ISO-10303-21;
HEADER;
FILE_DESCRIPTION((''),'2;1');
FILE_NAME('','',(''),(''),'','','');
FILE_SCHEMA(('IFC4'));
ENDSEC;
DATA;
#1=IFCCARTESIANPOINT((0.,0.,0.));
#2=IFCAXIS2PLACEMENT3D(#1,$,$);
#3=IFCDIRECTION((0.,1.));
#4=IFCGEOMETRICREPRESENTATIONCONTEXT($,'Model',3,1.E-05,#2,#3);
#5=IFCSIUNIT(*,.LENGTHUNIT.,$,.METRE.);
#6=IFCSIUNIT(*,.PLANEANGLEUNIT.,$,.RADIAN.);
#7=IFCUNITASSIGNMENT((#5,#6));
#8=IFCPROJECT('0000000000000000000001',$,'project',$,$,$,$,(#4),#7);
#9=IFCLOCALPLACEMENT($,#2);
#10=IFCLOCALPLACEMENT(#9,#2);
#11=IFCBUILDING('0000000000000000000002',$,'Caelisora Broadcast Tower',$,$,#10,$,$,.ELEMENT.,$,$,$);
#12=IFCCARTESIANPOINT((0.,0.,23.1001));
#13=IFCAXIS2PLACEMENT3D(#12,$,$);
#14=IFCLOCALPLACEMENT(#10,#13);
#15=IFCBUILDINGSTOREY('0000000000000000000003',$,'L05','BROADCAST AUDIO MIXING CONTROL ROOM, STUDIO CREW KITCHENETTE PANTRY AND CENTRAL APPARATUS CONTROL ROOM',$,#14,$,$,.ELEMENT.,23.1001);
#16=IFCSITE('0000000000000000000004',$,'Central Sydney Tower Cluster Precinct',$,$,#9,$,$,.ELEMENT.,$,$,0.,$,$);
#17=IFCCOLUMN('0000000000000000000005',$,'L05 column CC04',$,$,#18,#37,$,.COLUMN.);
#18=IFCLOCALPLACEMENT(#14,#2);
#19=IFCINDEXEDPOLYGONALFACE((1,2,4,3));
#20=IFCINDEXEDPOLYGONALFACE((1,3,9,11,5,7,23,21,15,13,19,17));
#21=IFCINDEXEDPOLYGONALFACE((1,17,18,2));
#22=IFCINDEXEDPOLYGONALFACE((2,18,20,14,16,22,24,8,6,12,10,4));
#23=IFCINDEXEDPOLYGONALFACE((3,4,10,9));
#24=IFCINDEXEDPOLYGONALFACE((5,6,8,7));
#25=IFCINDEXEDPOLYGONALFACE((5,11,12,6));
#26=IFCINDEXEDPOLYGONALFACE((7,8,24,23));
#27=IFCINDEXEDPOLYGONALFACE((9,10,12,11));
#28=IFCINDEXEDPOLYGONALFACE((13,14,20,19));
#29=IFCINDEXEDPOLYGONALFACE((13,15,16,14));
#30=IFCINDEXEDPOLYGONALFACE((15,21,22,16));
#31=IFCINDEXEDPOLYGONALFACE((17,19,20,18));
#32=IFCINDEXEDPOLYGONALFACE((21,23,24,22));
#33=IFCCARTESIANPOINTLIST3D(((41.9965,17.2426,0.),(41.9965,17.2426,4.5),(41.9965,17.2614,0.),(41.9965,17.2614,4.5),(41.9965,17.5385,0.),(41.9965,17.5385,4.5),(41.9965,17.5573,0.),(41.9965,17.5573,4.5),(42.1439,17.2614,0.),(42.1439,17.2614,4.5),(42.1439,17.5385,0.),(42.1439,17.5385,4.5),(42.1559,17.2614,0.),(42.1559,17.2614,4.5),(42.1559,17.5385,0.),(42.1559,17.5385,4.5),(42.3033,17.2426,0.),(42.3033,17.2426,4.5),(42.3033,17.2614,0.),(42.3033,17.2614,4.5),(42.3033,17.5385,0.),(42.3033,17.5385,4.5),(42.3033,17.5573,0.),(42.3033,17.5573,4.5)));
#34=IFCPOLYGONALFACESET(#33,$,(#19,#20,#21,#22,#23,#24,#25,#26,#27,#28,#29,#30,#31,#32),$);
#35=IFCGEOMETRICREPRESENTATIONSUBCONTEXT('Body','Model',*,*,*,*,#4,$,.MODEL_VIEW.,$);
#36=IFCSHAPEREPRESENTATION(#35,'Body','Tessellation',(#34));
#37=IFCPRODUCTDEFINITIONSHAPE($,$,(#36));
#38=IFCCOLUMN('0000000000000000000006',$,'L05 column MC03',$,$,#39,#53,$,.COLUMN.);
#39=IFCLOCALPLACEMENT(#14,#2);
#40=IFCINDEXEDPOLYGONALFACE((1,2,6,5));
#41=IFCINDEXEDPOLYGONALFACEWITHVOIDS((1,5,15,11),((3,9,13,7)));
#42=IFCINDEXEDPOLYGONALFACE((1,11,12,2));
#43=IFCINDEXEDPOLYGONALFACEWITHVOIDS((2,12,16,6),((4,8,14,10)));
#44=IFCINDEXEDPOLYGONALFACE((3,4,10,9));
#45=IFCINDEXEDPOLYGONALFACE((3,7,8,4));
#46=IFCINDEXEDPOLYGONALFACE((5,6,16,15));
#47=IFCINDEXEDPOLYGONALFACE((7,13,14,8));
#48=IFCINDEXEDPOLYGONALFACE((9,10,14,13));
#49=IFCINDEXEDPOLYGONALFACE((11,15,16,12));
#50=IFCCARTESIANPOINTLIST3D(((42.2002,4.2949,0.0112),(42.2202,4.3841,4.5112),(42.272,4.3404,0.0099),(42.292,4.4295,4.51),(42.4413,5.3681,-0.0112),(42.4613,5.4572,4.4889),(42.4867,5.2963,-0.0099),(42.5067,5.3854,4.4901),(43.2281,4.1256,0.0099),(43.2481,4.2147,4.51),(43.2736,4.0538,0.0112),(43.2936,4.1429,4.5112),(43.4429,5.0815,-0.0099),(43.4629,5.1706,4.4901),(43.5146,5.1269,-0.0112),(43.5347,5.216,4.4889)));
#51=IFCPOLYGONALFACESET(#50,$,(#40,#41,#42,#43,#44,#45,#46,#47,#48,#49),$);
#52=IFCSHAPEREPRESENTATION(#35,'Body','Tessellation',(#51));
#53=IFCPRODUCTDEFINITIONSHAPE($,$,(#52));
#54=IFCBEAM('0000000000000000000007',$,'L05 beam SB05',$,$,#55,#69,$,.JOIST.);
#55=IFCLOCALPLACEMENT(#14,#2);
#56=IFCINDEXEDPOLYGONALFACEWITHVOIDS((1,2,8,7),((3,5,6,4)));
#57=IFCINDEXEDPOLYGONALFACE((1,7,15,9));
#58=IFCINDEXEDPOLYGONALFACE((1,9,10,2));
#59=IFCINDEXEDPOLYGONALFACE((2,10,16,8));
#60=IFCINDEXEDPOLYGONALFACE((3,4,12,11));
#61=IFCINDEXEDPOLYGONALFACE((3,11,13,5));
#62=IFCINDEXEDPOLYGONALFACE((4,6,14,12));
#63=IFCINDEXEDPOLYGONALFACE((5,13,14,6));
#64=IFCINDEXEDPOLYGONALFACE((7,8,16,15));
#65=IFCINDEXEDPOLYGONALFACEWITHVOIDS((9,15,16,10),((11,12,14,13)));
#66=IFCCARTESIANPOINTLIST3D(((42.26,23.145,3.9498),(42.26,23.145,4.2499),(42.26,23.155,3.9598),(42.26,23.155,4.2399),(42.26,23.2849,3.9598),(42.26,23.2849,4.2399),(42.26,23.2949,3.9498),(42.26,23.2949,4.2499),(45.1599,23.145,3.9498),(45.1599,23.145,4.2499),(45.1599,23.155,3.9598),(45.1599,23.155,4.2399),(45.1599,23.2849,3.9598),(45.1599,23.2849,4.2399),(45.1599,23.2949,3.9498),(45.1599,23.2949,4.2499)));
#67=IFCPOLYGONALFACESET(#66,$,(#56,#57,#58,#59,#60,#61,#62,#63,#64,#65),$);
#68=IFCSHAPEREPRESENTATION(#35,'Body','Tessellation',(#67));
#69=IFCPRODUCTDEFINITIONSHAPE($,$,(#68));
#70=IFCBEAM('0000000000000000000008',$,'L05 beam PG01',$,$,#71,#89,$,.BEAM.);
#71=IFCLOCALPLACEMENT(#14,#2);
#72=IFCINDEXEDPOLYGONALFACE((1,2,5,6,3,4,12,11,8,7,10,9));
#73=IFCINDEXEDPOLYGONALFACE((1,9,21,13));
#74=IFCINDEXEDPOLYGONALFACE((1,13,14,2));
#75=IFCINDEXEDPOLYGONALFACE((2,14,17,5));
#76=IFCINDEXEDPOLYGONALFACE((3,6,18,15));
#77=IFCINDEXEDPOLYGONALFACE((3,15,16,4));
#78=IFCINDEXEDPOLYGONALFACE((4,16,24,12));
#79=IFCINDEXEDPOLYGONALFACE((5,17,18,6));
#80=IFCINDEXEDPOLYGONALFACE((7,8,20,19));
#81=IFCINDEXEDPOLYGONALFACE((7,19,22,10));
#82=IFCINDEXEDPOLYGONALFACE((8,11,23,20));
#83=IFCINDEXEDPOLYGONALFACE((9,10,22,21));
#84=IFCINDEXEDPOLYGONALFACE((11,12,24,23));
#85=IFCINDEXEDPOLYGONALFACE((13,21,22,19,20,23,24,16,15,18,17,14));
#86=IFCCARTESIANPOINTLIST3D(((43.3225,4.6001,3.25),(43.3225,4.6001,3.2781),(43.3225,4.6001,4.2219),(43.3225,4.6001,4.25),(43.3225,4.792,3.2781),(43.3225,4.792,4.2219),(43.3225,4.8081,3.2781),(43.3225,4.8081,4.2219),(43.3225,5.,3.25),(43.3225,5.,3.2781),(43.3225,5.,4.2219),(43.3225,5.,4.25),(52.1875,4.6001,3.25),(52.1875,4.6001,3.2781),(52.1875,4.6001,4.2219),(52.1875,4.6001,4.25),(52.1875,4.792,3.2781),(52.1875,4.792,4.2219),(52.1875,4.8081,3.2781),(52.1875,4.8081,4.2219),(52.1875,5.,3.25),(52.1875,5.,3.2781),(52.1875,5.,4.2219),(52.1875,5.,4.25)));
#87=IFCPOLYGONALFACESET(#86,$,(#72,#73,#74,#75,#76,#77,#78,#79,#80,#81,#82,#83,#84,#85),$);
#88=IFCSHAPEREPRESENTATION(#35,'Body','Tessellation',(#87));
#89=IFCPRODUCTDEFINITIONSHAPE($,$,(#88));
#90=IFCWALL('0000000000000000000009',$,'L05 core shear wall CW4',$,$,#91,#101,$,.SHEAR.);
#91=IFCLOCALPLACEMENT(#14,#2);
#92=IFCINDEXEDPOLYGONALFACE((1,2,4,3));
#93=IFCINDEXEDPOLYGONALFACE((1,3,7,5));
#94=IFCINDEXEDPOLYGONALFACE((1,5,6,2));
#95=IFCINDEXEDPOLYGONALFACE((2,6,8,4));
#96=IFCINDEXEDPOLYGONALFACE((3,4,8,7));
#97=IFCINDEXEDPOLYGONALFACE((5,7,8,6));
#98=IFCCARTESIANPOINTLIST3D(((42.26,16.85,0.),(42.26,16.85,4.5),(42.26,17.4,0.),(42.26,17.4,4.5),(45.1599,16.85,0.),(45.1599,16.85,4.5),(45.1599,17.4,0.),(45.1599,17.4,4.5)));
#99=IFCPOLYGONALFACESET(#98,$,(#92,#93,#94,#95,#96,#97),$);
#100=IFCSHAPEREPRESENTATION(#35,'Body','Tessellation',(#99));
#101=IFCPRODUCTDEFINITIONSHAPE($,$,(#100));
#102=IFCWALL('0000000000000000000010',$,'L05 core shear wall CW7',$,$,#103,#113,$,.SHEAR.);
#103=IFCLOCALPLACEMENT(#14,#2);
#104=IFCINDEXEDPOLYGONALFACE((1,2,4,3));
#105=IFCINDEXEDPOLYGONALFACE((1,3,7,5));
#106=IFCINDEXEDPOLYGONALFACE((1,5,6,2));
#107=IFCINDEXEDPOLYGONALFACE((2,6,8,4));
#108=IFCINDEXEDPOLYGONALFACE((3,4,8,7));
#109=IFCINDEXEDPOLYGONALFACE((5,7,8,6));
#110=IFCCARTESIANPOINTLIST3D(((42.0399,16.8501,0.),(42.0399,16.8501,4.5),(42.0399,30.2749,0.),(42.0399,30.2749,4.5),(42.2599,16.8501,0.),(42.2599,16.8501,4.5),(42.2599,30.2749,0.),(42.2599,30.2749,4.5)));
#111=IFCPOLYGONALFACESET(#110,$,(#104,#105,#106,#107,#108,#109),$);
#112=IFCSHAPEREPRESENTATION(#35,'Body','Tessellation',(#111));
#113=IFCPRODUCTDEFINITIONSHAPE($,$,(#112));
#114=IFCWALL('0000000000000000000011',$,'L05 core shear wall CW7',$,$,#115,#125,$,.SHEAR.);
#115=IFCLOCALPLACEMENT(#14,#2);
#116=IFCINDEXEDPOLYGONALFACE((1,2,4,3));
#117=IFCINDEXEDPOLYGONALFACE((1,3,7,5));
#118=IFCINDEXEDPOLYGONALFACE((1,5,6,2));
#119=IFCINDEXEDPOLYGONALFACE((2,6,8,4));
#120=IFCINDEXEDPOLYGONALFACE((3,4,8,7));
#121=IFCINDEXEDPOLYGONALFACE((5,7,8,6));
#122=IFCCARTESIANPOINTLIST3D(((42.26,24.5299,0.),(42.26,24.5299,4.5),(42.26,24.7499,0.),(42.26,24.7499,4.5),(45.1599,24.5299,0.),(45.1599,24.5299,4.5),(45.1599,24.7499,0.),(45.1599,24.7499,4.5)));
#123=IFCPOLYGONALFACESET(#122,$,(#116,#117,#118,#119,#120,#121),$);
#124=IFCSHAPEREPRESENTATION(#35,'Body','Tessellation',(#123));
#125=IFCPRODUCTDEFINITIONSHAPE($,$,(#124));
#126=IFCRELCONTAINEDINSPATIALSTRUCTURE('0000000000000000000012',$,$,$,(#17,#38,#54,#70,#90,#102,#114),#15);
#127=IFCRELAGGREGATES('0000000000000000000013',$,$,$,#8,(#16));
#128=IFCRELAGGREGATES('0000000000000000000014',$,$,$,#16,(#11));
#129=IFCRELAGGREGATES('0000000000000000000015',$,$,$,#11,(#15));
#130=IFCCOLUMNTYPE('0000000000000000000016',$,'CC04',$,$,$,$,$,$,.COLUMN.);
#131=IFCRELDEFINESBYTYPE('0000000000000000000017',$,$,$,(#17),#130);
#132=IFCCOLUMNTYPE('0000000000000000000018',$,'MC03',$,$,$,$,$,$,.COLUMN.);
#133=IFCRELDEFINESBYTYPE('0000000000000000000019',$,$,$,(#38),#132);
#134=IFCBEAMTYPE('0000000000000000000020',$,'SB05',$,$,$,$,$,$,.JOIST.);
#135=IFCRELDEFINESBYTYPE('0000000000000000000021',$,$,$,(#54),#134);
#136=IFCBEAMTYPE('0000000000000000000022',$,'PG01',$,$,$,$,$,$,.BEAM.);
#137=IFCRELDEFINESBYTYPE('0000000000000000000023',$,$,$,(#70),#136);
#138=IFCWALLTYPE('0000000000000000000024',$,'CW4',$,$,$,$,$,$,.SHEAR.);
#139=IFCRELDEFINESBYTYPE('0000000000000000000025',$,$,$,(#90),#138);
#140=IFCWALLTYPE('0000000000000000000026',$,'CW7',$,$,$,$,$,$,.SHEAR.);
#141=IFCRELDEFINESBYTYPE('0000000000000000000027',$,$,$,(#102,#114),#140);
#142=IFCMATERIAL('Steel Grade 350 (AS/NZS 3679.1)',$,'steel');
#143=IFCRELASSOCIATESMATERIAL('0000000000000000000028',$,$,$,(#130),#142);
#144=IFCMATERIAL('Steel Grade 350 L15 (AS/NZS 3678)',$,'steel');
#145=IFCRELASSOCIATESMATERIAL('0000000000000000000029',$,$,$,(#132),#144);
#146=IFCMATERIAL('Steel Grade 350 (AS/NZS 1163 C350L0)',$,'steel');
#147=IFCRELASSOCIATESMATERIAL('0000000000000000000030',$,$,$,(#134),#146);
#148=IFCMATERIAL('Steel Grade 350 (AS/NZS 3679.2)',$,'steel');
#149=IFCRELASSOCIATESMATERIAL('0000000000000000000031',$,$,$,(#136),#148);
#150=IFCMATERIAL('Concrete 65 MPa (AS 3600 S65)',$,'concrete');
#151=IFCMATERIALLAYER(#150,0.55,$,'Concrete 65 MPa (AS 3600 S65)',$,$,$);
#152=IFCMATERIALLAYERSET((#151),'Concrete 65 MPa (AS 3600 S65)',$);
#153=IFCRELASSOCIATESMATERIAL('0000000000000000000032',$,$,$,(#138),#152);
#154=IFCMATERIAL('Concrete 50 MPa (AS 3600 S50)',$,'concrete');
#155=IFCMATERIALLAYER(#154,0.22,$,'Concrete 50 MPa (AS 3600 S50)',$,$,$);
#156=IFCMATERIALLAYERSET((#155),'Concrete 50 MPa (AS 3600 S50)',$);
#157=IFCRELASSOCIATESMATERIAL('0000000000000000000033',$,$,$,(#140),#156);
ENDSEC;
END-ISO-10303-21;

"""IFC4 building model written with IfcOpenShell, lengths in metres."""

from ifc_helpers import new_model, si_unit, direction, frame, frame_2d, origin, origin_2d, place, context, subcontext, project, spatial, rectangle, hollow_rectangle, i_section, extrude, source, transform, mapped, material, layer, layer_set, material_profile, profile_set, type_object, type_shapes, element, save


model = new_model("IFC4")

# Units and contexts
model_context = context("Model", 3, precision=1e-05, world=origin(), true_north=direction((0.0, 1.0)))
body_context = subcontext(model_context, "Body", "Model", "MODEL_VIEW")
ifc_project = project(units=[si_unit("LENGTHUNIT", "METRE"), si_unit("PLANEANGLEUNIT", "RADIAN")], contexts=[model_context])

# Site, building, storey
site_placement = place(None, origin())
site = spatial("IfcSite", under=ifc_project, at=site_placement, Name="Central Sydney Tower Cluster Precinct", CompositionType="ELEMENT", RefElevation=0.0)
building_placement = place(site_placement, origin())
building = spatial("IfcBuilding", under=site, at=building_placement, Name="Caelisora Broadcast Tower", CompositionType="ELEMENT")
storey_placement = place(building_placement, frame((0.0, 0.0, 23.1001)))
storey = spatial("IfcBuildingStorey", under=building, at=storey_placement, Name="L05", Description="BROADCAST AUDIO MIXING CONTROL ROOM, STUDIO CREW KITCHENETTE PANTRY AND CENTRAL APPARATUS CONTROL ROOM", CompositionType="ELEMENT", Elevation=23.1001)

# Columns
ifc_material_1 = material(Name="Steel Grade 350 (AS/NZS 3679.1)", Category="steel")
ifc_material_profile_1 = material_profile(ifc_material_1, i_section(OverallWidth=0.3069, OverallDepth=0.3147, WebThickness=0.012, FlangeThickness=0.0188, at=origin_2d()), Name="Steel Grade 350 (AS/NZS 3679.1)")
ifc_profile_set_1 = profile_set([ifc_material_profile_1], Name="Steel Grade 350 (AS/NZS 3679.1)")
column_type_1 = type_object("IfcColumnType", Name="CC04", PredefinedType="COLUMN", material=ifc_profile_set_1)
shared_shape_1 = source(origin(), body_context, "Body", "SweptSolid", [
    extrude(i_section(OverallWidth=0.3069, OverallDepth=0.3147, WebThickness=0.012, FlangeThickness=0.0188, at=origin_2d()), origin(), (0.0, 0.0, 1.0), 4.5),
])
type_shapes(column_type_1, [shared_shape_1])
column_1_placement = place(storey_placement, frame((42.1499, 17.3999, 0.0), z_axis=(0.0, 0.0, 1.0), x_axis=(1.0, 0.0, 0.0)))
element("IfcColumn", 1, at=column_1_placement, inside=storey, type_object=column_type_1, Name="L05 column CC04", PredefinedType="COLUMN", context=body_context, shape_type="MappedRepresentation", body=[
    mapped(shared_shape_1, transform((0.0, 0.0, 0.0), scale=1.0)),
])
ifc_material_2 = material(Name="Steel Grade 350 L15 (AS/NZS 3678)", Category="steel")
ifc_material_profile_2 = material_profile(ifc_material_2, hollow_rectangle(XDim=1.1001, YDim=1.1001, WallThickness=0.0601, at=origin_2d()), Name="Steel Grade 350 L15 (AS/NZS 3678)")
ifc_profile_set_2 = profile_set([ifc_material_profile_2], Name="Steel Grade 350 L15 (AS/NZS 3678)")
column_type_2 = type_object("IfcColumnType", Name="MC03", PredefinedType="COLUMN", material=ifc_profile_set_2)
shared_shape_2 = source(origin(), body_context, "Body", "SweptSolid", [
    extrude(hollow_rectangle(XDim=1.1001, YDim=1.1001, WallThickness=0.0601, at=origin_2d()), origin(), (0.0, 0.0, 1.0), 4.501),
])
type_shapes(column_type_2, [shared_shape_2])
column_2_placement = place(storey_placement, frame((42.8574, 4.7109, 0.0), z_axis=(0.004448, 0.019798, 0.999794), x_axis=(-0.975681, 0.219194, 0.0)))
element("IfcColumn", 2, at=column_2_placement, inside=storey, type_object=column_type_2, Name="L05 column MC03", PredefinedType="COLUMN", context=body_context, shape_type="MappedRepresentation", body=[
    mapped(shared_shape_2, transform((0.0, 0.0, 0.0), scale=1.0)),
])

# Beams
ifc_material_3 = material(Name="Steel Grade 350 (AS/NZS 1163 C350L0)", Category="steel")
ifc_material_profile_3 = material_profile(ifc_material_3, hollow_rectangle(XDim=0.1499, YDim=0.3, WallThickness=0.01, at=origin_2d()), Name="Steel Grade 350 (AS/NZS 1163 C350L0)")
ifc_profile_set_3 = profile_set([ifc_material_profile_3], Name="Steel Grade 350 (AS/NZS 1163 C350L0)")
beam_type_1 = type_object("IfcBeamType", Name="SB05", PredefinedType="JOIST", material=ifc_profile_set_3)
shared_shape_3 = source(origin(), body_context, "Body", "SweptSolid", [
    extrude(hollow_rectangle(XDim=0.1499, YDim=0.3, WallThickness=0.01, at=origin_2d()), origin(), (0.0, 0.0, 1.0), 2.8999),
])
type_shapes(beam_type_1, [shared_shape_3])
beam_1_placement = place(storey_placement, frame((42.26, 23.22, 4.0999), z_axis=(1.0, 0.0, 0.0), x_axis=(0.0, 1.0, 0.0)))
element("IfcBeam", 3, at=beam_1_placement, inside=storey, type_object=beam_type_1, Name="L05 beam SB05", PredefinedType="JOIST", context=body_context, shape_type="MappedRepresentation", body=[
    mapped(shared_shape_3, transform((0.0, 0.0, 0.0), scale=1.0)),
])
ifc_material_4 = material(Name="Steel Grade 350 (AS/NZS 3679.2)", Category="steel")
ifc_material_profile_4 = material_profile(ifc_material_4, i_section(OverallWidth=0.3999, OverallDepth=1.0, WebThickness=0.0161, FlangeThickness=0.0281, at=origin_2d()), Name="Steel Grade 350 (AS/NZS 3679.2)")
ifc_profile_set_4 = profile_set([ifc_material_profile_4], Name="Steel Grade 350 (AS/NZS 3679.2)")
beam_type_2 = type_object("IfcBeamType", Name="PG01", PredefinedType="BEAM", material=ifc_profile_set_4)
shared_shape_4 = source(origin(), body_context, "Body", "SweptSolid", [
    extrude(i_section(OverallWidth=0.3999, OverallDepth=1.0, WebThickness=0.0161, FlangeThickness=0.0281, at=origin_2d()), origin(), (0.0, 0.0, 1.0), 8.865),
])
type_shapes(beam_type_2, [shared_shape_4])
beam_2_placement = place(storey_placement, frame((43.3225, 4.8, 3.75), z_axis=(1.0, 0.0, 0.0), x_axis=(0.0, 1.0, 0.0)))
element("IfcBeam", 4, at=beam_2_placement, inside=storey, type_object=beam_type_2, Name="L05 beam PG01", PredefinedType="BEAM", context=body_context, shape_type="MappedRepresentation", body=[
    mapped(shared_shape_4, transform((0.0, 0.0, 0.0), scale=1.0)),
])

# Walls
ifc_material_5 = material(Name="Concrete 65 MPa (AS 3600 S65)", Category="concrete")
ifc_layer_1 = layer(ifc_material_5, 0.55, Name="Concrete 65 MPa (AS 3600 S65)")
ifc_layer_set_1 = layer_set([ifc_layer_1], Name="Concrete 65 MPa (AS 3600 S65)")
wall_type_1 = type_object("IfcWallType", Name="CW4", PredefinedType="SHEAR", material=ifc_layer_set_1)
wall_1_placement = place(storey_placement, frame((42.26, 17.125, 0.0), z_axis=(0.0, 0.0, 1.0), x_axis=(1.0, 0.0, 0.0)))
element("IfcWall", 5, at=wall_1_placement, inside=storey, type_object=wall_type_1, Name="L05 core shear wall CW4", PredefinedType="SHEAR", context=body_context, shape_type="SweptSolid", body=[
    extrude(rectangle(XDim=2.8999, YDim=0.55, at=frame_2d((1.45, 0.0))), origin(), (0.0, 0.0, 1.0), 4.5),
])
ifc_material_6 = material(Name="Concrete 50 MPa (AS 3600 S50)", Category="concrete")
ifc_layer_2 = layer(ifc_material_6, 0.22, Name="Concrete 50 MPa (AS 3600 S50)")
ifc_layer_set_2 = layer_set([ifc_layer_2], Name="Concrete 50 MPa (AS 3600 S50)")
wall_type_2 = type_object("IfcWallType", Name="CW7", PredefinedType="SHEAR", material=ifc_layer_set_2)
wall_2_placement = place(storey_placement, frame((42.1499, 16.8501, 0.0), z_axis=(0.0, 0.0, 1.0), x_axis=(0.0, 1.0, 0.0)))
element("IfcWall", 6, at=wall_2_placement, inside=storey, type_object=wall_type_2, Name="L05 core shear wall CW7", PredefinedType="SHEAR", context=body_context, shape_type="SweptSolid", body=[
    extrude(rectangle(XDim=13.4248, YDim=0.22, at=frame_2d((6.7124, 0.0))), origin(), (0.0, 0.0, 1.0), 4.5),
])
wall_3_placement = place(storey_placement, frame((42.26, 24.6399, 0.0), z_axis=(0.0, 0.0, 1.0), x_axis=(1.0, 0.0, 0.0)))
element("IfcWall", 7, at=wall_3_placement, inside=storey, type_object=wall_type_2, Name="L05 core shear wall CW7", PredefinedType="SHEAR", context=body_context, shape_type="SweptSolid", body=[
    extrude(rectangle(XDim=2.8999, YDim=0.22, at=frame_2d((1.45, 0.0))), origin(), (0.0, 0.0, 1.0), 4.5),
])

save(model, "model.ifc")
